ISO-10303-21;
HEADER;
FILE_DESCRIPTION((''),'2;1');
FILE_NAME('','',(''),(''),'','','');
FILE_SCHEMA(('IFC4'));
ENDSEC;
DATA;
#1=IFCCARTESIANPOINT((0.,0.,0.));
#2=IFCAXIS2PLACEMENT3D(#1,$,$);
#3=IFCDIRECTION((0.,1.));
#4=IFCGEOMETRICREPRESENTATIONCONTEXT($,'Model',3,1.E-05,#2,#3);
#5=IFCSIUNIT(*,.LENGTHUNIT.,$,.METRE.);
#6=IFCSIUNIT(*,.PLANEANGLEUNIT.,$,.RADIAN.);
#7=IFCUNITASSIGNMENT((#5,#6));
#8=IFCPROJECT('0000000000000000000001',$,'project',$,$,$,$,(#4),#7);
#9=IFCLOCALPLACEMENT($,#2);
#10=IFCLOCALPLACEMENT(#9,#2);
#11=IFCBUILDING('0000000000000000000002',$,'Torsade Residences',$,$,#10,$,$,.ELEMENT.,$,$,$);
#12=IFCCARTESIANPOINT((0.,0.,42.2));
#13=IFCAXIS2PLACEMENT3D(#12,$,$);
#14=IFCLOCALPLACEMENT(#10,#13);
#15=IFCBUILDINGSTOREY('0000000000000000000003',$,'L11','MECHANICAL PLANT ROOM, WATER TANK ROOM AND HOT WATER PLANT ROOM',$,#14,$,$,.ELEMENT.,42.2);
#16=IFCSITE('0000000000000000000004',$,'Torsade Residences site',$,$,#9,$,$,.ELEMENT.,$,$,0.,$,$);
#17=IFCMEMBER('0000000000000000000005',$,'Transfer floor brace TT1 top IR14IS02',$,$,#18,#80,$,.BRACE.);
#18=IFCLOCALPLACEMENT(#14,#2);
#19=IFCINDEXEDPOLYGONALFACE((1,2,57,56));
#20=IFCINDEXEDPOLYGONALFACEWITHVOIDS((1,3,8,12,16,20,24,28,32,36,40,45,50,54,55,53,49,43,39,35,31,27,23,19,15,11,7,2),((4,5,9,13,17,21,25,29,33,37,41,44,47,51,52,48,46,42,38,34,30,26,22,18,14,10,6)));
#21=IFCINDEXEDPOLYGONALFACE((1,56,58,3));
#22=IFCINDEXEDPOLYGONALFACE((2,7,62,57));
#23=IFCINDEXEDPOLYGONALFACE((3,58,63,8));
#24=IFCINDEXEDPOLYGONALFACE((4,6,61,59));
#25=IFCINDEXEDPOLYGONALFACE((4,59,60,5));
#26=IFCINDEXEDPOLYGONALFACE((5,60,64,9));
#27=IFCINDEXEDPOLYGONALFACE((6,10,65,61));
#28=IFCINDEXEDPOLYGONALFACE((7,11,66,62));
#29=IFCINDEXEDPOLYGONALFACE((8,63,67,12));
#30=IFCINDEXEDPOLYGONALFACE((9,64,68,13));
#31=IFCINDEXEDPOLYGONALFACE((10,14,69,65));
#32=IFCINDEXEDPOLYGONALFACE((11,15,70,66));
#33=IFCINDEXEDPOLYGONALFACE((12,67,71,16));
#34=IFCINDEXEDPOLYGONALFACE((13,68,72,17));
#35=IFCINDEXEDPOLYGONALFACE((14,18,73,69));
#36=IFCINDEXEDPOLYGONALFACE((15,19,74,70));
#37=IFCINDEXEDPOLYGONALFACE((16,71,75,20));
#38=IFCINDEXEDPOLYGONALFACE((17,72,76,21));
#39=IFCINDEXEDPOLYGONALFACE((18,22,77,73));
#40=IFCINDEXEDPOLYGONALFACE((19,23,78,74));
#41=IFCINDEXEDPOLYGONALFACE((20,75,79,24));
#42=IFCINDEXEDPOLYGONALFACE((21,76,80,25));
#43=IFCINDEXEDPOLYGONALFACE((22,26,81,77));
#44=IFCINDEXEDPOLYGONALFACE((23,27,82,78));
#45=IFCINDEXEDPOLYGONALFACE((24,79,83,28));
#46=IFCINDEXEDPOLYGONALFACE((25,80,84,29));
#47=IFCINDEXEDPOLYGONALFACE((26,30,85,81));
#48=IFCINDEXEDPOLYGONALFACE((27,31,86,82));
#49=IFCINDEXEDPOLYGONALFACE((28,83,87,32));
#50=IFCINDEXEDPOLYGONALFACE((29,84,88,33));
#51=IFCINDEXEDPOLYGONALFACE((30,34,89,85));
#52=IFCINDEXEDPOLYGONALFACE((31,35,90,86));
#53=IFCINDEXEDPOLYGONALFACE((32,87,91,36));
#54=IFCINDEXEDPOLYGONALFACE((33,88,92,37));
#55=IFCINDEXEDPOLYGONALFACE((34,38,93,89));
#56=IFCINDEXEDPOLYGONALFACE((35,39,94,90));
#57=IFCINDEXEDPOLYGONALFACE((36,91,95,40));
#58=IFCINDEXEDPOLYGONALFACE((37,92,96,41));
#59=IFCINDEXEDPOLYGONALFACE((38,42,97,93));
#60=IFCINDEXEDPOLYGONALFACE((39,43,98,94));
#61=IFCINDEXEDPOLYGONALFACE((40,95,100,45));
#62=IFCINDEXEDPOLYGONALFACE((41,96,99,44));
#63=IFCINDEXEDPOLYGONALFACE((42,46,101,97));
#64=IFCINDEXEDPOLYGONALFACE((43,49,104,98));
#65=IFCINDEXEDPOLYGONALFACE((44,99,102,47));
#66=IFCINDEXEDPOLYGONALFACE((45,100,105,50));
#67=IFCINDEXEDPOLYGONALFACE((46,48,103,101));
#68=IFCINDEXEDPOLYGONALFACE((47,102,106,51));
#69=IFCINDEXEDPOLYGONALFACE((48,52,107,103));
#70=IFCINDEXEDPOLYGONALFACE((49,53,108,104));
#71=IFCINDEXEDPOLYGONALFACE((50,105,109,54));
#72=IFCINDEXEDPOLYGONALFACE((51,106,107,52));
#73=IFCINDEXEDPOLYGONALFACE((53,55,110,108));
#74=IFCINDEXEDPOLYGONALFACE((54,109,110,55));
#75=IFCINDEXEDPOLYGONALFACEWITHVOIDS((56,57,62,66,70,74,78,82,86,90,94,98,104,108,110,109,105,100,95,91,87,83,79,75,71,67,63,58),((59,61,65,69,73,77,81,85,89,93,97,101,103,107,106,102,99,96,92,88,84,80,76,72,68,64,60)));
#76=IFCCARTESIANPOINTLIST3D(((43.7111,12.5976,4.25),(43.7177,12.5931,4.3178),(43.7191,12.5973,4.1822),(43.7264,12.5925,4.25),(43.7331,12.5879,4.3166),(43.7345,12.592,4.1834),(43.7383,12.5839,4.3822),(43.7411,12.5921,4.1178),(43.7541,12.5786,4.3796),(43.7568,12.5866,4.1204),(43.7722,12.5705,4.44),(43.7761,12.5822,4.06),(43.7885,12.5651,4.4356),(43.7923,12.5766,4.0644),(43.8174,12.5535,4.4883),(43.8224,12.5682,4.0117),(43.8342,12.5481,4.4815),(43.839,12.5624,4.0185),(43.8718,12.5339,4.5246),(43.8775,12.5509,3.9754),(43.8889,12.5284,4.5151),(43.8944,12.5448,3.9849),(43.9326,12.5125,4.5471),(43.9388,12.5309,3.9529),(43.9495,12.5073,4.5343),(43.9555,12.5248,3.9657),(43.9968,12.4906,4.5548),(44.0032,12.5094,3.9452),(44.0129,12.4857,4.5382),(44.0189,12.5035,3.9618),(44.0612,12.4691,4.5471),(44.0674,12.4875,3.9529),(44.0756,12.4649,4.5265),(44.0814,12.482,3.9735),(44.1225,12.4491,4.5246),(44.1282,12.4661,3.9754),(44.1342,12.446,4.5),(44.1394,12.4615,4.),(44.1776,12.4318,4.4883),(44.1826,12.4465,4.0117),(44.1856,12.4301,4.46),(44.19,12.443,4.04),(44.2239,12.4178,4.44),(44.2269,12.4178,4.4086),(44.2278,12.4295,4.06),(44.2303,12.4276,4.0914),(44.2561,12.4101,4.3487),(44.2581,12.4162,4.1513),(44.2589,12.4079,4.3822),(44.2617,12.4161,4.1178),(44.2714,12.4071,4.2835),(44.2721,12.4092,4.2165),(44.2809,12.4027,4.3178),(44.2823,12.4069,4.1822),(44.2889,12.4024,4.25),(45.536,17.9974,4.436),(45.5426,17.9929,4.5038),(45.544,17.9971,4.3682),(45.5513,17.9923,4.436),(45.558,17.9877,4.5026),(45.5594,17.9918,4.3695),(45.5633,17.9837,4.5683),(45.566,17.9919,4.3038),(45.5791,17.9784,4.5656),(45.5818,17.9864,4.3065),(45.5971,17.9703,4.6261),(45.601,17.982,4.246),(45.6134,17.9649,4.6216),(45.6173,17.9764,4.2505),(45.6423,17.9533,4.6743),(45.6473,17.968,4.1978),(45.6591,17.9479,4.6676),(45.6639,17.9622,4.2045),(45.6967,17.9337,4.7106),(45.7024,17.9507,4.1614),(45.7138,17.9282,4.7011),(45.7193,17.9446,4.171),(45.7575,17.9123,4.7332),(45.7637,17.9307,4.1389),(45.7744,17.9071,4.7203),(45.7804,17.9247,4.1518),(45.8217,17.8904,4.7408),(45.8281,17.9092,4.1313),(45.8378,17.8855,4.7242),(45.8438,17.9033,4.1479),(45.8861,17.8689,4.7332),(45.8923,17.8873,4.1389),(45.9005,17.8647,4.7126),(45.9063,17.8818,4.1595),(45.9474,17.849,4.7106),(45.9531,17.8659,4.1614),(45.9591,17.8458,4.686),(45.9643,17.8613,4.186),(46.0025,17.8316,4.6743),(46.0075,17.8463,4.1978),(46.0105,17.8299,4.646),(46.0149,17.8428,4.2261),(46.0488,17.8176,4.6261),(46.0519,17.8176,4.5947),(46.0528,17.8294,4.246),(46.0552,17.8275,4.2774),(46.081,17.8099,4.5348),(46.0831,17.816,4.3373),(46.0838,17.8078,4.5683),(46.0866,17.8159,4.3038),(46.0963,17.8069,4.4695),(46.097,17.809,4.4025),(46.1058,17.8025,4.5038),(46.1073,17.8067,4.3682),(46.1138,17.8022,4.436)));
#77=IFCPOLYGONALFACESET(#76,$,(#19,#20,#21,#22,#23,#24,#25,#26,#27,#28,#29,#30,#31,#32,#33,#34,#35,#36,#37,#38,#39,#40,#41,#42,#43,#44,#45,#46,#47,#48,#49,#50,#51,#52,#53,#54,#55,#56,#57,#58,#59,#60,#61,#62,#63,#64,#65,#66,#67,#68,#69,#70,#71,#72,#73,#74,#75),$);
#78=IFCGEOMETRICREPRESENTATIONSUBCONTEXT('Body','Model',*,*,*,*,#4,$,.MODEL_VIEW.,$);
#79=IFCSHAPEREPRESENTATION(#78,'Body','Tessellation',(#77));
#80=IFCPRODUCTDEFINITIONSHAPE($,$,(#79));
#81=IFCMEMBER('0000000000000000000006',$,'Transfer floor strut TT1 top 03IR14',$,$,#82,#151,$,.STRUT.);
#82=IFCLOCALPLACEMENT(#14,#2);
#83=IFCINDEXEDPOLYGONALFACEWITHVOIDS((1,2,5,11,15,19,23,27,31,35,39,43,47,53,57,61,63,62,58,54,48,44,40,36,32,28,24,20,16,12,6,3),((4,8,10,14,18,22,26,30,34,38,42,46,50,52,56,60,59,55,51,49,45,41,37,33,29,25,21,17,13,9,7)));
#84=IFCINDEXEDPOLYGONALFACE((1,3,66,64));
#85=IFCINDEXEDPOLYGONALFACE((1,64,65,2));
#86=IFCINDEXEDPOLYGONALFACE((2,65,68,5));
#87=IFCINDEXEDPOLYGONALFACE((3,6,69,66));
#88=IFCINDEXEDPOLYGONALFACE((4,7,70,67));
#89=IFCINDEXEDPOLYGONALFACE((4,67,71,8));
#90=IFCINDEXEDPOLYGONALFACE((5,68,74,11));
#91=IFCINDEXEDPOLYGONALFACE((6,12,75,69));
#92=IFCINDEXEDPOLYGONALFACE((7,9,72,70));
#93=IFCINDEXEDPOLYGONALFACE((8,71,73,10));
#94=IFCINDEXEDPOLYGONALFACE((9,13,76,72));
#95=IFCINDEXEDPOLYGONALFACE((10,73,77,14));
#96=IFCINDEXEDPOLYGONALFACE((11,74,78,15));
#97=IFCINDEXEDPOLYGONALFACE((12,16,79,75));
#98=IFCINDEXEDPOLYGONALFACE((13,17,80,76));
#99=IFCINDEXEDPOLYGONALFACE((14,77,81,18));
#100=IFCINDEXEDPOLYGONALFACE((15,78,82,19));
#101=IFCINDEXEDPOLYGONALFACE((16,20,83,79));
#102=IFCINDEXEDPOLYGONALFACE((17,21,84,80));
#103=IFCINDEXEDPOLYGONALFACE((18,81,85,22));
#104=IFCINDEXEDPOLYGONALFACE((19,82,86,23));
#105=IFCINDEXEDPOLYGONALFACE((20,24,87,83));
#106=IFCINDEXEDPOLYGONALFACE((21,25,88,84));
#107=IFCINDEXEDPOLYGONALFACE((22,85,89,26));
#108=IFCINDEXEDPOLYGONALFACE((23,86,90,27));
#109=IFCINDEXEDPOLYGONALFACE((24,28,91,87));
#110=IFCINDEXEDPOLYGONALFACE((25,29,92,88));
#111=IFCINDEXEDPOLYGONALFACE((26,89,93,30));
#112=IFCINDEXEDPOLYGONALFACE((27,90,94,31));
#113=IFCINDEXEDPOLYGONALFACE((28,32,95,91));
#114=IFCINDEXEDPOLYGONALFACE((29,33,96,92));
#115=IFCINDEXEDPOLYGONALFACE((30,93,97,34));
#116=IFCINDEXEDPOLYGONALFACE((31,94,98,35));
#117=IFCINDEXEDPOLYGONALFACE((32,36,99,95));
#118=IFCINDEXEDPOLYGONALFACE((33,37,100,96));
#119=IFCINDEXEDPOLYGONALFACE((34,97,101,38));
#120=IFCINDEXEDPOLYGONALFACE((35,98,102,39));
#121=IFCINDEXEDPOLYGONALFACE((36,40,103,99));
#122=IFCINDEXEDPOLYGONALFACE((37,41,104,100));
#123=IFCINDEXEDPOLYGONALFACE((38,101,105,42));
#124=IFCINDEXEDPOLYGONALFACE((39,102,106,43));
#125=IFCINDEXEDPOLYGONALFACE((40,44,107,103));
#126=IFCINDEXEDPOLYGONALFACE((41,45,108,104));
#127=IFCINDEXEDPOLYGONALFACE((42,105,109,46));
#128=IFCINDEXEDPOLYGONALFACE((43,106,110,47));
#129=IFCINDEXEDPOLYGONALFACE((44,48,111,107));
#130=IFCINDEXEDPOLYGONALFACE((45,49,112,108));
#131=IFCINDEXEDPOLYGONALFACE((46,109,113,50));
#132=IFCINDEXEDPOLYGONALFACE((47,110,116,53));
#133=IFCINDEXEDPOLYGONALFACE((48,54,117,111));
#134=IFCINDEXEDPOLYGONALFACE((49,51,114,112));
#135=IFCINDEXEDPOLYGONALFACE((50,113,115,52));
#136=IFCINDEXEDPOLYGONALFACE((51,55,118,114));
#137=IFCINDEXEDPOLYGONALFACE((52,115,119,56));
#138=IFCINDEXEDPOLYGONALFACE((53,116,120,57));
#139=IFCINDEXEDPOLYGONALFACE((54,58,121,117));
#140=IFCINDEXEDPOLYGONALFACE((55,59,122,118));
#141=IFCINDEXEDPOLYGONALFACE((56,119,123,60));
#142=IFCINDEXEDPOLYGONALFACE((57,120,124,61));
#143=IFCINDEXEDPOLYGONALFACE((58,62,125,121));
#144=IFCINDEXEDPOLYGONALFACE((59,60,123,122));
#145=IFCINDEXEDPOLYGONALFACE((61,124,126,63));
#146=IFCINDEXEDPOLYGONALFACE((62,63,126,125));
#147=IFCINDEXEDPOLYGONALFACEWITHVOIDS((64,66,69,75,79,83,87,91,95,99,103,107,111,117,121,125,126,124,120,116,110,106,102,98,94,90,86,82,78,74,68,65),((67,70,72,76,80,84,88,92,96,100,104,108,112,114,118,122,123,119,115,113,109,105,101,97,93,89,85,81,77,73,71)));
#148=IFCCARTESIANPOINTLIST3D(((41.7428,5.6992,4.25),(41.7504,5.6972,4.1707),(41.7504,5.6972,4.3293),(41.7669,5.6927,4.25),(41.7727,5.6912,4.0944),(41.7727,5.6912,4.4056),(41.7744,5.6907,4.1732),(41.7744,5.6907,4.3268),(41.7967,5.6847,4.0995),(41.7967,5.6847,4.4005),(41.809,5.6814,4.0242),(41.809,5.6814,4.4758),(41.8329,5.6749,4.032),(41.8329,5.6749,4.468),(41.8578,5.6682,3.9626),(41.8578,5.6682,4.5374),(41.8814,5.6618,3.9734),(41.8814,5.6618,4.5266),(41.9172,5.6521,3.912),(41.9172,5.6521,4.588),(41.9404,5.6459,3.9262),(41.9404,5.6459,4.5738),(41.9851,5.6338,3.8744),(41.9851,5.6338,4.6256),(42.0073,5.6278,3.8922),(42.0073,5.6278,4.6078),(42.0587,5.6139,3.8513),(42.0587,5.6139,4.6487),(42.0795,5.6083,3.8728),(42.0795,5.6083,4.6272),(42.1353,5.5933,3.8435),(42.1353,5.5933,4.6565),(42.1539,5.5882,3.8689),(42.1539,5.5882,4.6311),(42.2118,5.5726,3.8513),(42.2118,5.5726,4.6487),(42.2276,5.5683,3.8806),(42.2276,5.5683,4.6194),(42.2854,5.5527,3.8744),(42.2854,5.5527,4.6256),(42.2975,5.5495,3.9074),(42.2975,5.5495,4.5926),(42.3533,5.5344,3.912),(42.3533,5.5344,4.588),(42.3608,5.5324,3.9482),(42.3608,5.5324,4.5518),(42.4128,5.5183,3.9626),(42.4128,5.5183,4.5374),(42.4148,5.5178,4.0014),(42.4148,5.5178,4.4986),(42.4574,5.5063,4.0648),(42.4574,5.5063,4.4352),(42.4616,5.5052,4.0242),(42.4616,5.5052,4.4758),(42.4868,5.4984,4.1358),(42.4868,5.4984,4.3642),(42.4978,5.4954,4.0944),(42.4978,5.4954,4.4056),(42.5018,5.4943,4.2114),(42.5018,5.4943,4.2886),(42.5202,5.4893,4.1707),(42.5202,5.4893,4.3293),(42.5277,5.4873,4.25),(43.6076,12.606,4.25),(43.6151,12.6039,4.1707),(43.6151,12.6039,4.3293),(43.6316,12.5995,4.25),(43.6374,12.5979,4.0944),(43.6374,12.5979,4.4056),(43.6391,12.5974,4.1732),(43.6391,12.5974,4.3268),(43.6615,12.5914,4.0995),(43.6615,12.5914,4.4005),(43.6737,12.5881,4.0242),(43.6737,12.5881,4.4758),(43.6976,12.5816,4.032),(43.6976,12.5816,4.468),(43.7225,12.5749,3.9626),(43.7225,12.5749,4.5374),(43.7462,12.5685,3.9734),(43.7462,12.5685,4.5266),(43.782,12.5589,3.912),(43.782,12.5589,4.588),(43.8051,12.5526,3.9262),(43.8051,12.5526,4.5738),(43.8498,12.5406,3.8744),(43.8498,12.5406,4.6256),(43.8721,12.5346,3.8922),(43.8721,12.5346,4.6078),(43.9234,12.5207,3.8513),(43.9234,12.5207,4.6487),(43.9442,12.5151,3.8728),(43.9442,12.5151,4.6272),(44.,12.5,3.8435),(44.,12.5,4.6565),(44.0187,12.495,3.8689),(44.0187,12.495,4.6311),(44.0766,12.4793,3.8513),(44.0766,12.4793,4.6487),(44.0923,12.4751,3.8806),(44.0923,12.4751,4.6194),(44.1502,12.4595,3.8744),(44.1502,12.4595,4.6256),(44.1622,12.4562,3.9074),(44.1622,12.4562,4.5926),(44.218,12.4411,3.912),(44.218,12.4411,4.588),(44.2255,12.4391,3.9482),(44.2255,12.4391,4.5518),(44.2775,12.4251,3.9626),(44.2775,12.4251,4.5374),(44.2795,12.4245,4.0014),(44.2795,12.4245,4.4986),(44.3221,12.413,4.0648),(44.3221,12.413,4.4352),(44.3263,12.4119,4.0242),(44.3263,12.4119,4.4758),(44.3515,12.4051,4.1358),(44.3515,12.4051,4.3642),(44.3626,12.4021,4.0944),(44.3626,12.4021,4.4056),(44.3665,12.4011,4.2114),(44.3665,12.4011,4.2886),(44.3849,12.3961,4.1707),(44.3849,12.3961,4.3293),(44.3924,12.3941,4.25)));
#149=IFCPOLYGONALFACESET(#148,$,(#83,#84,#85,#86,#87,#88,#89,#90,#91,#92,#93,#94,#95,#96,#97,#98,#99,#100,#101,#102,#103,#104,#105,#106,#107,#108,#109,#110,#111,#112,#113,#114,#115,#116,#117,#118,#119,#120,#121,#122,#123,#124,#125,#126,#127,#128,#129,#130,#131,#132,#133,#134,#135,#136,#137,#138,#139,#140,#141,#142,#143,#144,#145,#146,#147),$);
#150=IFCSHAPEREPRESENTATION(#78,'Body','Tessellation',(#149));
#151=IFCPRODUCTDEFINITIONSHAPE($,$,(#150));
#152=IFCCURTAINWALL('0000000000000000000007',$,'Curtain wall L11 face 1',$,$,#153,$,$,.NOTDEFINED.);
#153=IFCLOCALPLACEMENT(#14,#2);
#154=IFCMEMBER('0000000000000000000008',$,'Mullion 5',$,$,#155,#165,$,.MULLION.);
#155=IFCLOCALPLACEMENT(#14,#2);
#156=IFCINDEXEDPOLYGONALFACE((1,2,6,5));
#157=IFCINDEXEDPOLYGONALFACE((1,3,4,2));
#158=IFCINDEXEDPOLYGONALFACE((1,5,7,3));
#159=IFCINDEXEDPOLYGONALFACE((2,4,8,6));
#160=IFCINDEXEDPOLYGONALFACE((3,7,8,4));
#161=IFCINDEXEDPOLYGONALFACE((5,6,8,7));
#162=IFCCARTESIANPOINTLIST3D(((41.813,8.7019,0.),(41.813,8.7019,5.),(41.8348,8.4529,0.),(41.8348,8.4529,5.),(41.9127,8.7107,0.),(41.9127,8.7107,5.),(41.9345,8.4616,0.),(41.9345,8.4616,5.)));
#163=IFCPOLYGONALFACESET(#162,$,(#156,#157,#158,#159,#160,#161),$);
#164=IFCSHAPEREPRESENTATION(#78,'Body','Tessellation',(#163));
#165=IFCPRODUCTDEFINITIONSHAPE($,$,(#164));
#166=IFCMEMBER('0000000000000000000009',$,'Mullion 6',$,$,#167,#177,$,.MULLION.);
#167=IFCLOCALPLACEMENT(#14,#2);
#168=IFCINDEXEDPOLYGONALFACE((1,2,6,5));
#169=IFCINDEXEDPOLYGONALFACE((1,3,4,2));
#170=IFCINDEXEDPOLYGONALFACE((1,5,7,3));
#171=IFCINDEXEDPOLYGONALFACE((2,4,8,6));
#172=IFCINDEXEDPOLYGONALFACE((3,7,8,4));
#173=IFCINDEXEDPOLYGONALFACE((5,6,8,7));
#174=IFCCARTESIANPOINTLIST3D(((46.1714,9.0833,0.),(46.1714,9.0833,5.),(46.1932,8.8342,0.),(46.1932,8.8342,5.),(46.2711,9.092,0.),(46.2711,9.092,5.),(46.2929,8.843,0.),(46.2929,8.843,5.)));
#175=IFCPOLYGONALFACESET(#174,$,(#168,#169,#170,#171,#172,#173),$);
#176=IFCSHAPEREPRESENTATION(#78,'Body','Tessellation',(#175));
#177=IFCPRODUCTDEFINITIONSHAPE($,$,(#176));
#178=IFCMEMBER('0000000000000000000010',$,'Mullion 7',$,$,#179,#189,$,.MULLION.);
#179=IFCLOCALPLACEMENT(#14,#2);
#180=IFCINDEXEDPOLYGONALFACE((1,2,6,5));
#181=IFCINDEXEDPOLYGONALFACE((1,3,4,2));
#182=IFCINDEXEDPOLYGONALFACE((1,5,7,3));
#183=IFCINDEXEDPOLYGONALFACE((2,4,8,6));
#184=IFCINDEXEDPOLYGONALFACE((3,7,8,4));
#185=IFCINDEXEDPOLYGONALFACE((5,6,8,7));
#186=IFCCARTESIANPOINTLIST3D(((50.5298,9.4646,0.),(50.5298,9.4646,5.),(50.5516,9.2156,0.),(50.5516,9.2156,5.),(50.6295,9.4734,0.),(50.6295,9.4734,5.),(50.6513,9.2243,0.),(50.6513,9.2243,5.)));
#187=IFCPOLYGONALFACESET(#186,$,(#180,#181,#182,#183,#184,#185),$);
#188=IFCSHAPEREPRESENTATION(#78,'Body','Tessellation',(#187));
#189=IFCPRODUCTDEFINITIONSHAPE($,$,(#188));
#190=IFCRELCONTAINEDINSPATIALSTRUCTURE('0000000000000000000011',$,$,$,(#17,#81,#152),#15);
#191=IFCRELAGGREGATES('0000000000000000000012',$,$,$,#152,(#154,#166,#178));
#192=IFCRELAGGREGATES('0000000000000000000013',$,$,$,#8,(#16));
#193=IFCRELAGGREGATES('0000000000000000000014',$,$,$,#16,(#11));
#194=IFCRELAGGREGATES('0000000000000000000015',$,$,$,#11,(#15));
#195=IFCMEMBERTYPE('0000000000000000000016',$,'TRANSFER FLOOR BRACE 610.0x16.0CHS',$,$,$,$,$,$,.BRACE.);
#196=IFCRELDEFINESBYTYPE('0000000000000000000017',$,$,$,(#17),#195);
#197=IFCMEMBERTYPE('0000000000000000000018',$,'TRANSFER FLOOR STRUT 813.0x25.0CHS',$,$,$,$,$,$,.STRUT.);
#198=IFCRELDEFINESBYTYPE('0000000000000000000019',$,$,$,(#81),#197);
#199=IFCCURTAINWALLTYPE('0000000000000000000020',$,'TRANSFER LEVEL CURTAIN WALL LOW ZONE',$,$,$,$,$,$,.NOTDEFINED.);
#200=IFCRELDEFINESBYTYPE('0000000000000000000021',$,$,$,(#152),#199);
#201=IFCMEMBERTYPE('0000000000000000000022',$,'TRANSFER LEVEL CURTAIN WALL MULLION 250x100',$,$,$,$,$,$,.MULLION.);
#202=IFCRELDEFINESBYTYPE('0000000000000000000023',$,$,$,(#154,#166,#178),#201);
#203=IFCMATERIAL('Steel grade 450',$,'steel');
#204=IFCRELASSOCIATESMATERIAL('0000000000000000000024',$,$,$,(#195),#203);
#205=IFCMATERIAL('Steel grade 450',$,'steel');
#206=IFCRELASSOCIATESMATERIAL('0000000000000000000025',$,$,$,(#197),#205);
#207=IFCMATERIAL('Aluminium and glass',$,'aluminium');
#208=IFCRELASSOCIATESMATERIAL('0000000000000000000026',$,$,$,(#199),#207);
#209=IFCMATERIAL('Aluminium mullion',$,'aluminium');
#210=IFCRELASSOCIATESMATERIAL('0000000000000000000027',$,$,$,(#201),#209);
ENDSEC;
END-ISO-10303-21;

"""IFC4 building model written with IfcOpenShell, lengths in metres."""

from ifc_helpers import new_model, si_unit, direction, frame, origin, origin_2d, place, context, subcontext, project, spatial, rectangle, hollow_circle, extrude, material, material_profile, profile_set, type_object, element, aggregate, save


model = new_model("IFC4")

# Units and contexts
model_context = context("Model", 3, precision=1e-05, world=origin(), true_north=direction((0.0, 1.0)))
body_context = subcontext(model_context, "Body", "Model", "MODEL_VIEW")
ifc_project = project(units=[si_unit("LENGTHUNIT", "METRE"), si_unit("PLANEANGLEUNIT", "RADIAN")], contexts=[model_context])

# Site, building, storey
site_placement = place(None, origin())
site = spatial("IfcSite", under=ifc_project, at=site_placement, Name="Torsade Residences site", CompositionType="ELEMENT", RefElevation=0.0)
building_placement = place(site_placement, origin())
building = spatial("IfcBuilding", under=site, at=building_placement, Name="Torsade Residences", CompositionType="ELEMENT")
storey_placement = place(building_placement, frame((0.0, 0.0, 42.2)))
storey = spatial("IfcBuildingStorey", under=building, at=storey_placement, Name="L11", Description="MECHANICAL PLANT ROOM, WATER TANK ROOM AND HOT WATER PLANT ROOM", CompositionType="ELEMENT", Elevation=42.2)

# Members
ifc_material_1 = material(Name="Steel grade 450", Category="steel")
ifc_material_profile_1 = material_profile(ifc_material_1, hollow_circle(Radius=0.3049, WallThickness=0.0161, at=origin_2d()), Name="610.0x16.0CHS")
ifc_profile_set_1 = profile_set([ifc_material_profile_1], Name="Steel grade 450")
member_type_1 = type_object("IfcMemberType", Name="TRANSFER FLOOR BRACE 610.0x16.0CHS", PredefinedType="BRACE", material=ifc_profile_set_1)
member_1_placement = place(storey_placement, frame((44.0, 12.5, 4.25), z_axis=(0.319999, 0.946856, 0.032621), x_axis=(-0.94736, 0.32017, 0.0)))
element("IfcMember", 1, at=member_1_placement, inside=storey, type_object=member_type_1, Name="Transfer floor brace TT1 top IR14IS02", PredefinedType="BRACE", context=body_context, shape_type="SweptSolid", body=[
    extrude(hollow_circle(Radius=0.3049, WallThickness=0.0161, at=origin_2d()), origin(), (0.0, 0.0, 1.0), 5.7029),
])
ifc_material_2 = material(Name="Steel grade 450", Category="steel")
ifc_material_profile_2 = material_profile(ifc_material_2, hollow_circle(Radius=0.4065, WallThickness=0.0249, at=origin_2d()), Name="813.0x25.0CHS")
ifc_profile_set_2 = profile_set([ifc_material_profile_2], Name="Steel grade 450")
member_type_2 = type_object("IfcMemberType", Name="TRANSFER FLOOR STRUT 813.0x25.0CHS", PredefinedType="STRUT", material=ifc_profile_set_2)
member_2_placement = place(storey_placement, frame((42.1353, 5.5933, 4.25), z_axis=(0.260656, 0.965432, 0.0), x_axis=(-0.965432, 0.260656, 0.0)))
element("IfcMember", 2, at=member_2_placement, inside=storey, type_object=member_type_2, Name="Transfer floor strut TT1 top 03IR14", PredefinedType="STRUT", context=body_context, shape_type="SweptSolid", body=[
    extrude(hollow_circle(Radius=0.4065, WallThickness=0.0249, at=origin_2d()), origin(), (0.0, 0.0, 1.0), 7.1541),
])

# Curtain wall, members
ifc_material_3 = material(Name="Aluminium and glass", Category="aluminium")
curtain_wall_type = type_object("IfcCurtainWallType", Name="TRANSFER LEVEL CURTAIN WALL LOW ZONE", PredefinedType="NOTDEFINED", material=ifc_material_3)
curtain_wall_placement = place(storey_placement, origin())
curtain_wall = element("IfcCurtainWall", 3, at=curtain_wall_placement, inside=storey, type_object=curtain_wall_type, Name="Curtain wall L11 face 1", PredefinedType="NOTDEFINED")
ifc_material_4 = material(Name="Aluminium mullion", Category="aluminium")
ifc_material_profile_3 = material_profile(ifc_material_4, rectangle(XDim=0.25, YDim=0.1001, at=origin_2d()), Name="TRANSFER LEVEL CURTAIN WALL MULLION 250x100")
ifc_profile_set_3 = profile_set([ifc_material_profile_3], Name="Aluminium mullion")
member_type_3 = type_object("IfcMemberType", Name="TRANSFER LEVEL CURTAIN WALL MULLION 250x100", PredefinedType="MULLION", material=ifc_profile_set_3)
member_3_placement = place(storey_placement, frame((41.8738, 8.5818, 0.0), z_axis=(0.0, 0.0, 1.0), x_axis=(-0.087156, 0.996195, 0.0)))
member_3 = element("IfcMember", 4, at=member_3_placement, type_object=member_type_3, Name="Mullion 5", PredefinedType="MULLION", context=body_context, shape_type="SweptSolid", body=[
    extrude(rectangle(XDim=0.25, YDim=0.1001, at=origin_2d()), origin(), (0.0, 0.0, 1.0), 5.0),
])
member_4_placement = place(storey_placement, frame((46.2322, 8.9631, 0.0), z_axis=(0.0, 0.0, 1.0), x_axis=(-0.087156, 0.996195, 0.0)))
member_4 = element("IfcMember", 5, at=member_4_placement, type_object=member_type_3, Name="Mullion 6", PredefinedType="MULLION", context=body_context, shape_type="SweptSolid", body=[
    extrude(rectangle(XDim=0.25, YDim=0.1001, at=origin_2d()), origin(), (0.0, 0.0, 1.0), 5.0),
])
member_5_placement = place(storey_placement, frame((50.5906, 9.3445, 0.0), z_axis=(0.0, 0.0, 1.0), x_axis=(-0.087156, 0.996195, 0.0)))
member_5 = element("IfcMember", 6, at=member_5_placement, type_object=member_type_3, Name="Mullion 7", PredefinedType="MULLION", context=body_context, shape_type="SweptSolid", body=[
    extrude(rectangle(XDim=0.25, YDim=0.1001, at=origin_2d()), origin(), (0.0, 0.0, 1.0), 5.0),
])

aggregate(curtain_wall, [member_3, member_4, member_5])

save(model, "model.ifc")
